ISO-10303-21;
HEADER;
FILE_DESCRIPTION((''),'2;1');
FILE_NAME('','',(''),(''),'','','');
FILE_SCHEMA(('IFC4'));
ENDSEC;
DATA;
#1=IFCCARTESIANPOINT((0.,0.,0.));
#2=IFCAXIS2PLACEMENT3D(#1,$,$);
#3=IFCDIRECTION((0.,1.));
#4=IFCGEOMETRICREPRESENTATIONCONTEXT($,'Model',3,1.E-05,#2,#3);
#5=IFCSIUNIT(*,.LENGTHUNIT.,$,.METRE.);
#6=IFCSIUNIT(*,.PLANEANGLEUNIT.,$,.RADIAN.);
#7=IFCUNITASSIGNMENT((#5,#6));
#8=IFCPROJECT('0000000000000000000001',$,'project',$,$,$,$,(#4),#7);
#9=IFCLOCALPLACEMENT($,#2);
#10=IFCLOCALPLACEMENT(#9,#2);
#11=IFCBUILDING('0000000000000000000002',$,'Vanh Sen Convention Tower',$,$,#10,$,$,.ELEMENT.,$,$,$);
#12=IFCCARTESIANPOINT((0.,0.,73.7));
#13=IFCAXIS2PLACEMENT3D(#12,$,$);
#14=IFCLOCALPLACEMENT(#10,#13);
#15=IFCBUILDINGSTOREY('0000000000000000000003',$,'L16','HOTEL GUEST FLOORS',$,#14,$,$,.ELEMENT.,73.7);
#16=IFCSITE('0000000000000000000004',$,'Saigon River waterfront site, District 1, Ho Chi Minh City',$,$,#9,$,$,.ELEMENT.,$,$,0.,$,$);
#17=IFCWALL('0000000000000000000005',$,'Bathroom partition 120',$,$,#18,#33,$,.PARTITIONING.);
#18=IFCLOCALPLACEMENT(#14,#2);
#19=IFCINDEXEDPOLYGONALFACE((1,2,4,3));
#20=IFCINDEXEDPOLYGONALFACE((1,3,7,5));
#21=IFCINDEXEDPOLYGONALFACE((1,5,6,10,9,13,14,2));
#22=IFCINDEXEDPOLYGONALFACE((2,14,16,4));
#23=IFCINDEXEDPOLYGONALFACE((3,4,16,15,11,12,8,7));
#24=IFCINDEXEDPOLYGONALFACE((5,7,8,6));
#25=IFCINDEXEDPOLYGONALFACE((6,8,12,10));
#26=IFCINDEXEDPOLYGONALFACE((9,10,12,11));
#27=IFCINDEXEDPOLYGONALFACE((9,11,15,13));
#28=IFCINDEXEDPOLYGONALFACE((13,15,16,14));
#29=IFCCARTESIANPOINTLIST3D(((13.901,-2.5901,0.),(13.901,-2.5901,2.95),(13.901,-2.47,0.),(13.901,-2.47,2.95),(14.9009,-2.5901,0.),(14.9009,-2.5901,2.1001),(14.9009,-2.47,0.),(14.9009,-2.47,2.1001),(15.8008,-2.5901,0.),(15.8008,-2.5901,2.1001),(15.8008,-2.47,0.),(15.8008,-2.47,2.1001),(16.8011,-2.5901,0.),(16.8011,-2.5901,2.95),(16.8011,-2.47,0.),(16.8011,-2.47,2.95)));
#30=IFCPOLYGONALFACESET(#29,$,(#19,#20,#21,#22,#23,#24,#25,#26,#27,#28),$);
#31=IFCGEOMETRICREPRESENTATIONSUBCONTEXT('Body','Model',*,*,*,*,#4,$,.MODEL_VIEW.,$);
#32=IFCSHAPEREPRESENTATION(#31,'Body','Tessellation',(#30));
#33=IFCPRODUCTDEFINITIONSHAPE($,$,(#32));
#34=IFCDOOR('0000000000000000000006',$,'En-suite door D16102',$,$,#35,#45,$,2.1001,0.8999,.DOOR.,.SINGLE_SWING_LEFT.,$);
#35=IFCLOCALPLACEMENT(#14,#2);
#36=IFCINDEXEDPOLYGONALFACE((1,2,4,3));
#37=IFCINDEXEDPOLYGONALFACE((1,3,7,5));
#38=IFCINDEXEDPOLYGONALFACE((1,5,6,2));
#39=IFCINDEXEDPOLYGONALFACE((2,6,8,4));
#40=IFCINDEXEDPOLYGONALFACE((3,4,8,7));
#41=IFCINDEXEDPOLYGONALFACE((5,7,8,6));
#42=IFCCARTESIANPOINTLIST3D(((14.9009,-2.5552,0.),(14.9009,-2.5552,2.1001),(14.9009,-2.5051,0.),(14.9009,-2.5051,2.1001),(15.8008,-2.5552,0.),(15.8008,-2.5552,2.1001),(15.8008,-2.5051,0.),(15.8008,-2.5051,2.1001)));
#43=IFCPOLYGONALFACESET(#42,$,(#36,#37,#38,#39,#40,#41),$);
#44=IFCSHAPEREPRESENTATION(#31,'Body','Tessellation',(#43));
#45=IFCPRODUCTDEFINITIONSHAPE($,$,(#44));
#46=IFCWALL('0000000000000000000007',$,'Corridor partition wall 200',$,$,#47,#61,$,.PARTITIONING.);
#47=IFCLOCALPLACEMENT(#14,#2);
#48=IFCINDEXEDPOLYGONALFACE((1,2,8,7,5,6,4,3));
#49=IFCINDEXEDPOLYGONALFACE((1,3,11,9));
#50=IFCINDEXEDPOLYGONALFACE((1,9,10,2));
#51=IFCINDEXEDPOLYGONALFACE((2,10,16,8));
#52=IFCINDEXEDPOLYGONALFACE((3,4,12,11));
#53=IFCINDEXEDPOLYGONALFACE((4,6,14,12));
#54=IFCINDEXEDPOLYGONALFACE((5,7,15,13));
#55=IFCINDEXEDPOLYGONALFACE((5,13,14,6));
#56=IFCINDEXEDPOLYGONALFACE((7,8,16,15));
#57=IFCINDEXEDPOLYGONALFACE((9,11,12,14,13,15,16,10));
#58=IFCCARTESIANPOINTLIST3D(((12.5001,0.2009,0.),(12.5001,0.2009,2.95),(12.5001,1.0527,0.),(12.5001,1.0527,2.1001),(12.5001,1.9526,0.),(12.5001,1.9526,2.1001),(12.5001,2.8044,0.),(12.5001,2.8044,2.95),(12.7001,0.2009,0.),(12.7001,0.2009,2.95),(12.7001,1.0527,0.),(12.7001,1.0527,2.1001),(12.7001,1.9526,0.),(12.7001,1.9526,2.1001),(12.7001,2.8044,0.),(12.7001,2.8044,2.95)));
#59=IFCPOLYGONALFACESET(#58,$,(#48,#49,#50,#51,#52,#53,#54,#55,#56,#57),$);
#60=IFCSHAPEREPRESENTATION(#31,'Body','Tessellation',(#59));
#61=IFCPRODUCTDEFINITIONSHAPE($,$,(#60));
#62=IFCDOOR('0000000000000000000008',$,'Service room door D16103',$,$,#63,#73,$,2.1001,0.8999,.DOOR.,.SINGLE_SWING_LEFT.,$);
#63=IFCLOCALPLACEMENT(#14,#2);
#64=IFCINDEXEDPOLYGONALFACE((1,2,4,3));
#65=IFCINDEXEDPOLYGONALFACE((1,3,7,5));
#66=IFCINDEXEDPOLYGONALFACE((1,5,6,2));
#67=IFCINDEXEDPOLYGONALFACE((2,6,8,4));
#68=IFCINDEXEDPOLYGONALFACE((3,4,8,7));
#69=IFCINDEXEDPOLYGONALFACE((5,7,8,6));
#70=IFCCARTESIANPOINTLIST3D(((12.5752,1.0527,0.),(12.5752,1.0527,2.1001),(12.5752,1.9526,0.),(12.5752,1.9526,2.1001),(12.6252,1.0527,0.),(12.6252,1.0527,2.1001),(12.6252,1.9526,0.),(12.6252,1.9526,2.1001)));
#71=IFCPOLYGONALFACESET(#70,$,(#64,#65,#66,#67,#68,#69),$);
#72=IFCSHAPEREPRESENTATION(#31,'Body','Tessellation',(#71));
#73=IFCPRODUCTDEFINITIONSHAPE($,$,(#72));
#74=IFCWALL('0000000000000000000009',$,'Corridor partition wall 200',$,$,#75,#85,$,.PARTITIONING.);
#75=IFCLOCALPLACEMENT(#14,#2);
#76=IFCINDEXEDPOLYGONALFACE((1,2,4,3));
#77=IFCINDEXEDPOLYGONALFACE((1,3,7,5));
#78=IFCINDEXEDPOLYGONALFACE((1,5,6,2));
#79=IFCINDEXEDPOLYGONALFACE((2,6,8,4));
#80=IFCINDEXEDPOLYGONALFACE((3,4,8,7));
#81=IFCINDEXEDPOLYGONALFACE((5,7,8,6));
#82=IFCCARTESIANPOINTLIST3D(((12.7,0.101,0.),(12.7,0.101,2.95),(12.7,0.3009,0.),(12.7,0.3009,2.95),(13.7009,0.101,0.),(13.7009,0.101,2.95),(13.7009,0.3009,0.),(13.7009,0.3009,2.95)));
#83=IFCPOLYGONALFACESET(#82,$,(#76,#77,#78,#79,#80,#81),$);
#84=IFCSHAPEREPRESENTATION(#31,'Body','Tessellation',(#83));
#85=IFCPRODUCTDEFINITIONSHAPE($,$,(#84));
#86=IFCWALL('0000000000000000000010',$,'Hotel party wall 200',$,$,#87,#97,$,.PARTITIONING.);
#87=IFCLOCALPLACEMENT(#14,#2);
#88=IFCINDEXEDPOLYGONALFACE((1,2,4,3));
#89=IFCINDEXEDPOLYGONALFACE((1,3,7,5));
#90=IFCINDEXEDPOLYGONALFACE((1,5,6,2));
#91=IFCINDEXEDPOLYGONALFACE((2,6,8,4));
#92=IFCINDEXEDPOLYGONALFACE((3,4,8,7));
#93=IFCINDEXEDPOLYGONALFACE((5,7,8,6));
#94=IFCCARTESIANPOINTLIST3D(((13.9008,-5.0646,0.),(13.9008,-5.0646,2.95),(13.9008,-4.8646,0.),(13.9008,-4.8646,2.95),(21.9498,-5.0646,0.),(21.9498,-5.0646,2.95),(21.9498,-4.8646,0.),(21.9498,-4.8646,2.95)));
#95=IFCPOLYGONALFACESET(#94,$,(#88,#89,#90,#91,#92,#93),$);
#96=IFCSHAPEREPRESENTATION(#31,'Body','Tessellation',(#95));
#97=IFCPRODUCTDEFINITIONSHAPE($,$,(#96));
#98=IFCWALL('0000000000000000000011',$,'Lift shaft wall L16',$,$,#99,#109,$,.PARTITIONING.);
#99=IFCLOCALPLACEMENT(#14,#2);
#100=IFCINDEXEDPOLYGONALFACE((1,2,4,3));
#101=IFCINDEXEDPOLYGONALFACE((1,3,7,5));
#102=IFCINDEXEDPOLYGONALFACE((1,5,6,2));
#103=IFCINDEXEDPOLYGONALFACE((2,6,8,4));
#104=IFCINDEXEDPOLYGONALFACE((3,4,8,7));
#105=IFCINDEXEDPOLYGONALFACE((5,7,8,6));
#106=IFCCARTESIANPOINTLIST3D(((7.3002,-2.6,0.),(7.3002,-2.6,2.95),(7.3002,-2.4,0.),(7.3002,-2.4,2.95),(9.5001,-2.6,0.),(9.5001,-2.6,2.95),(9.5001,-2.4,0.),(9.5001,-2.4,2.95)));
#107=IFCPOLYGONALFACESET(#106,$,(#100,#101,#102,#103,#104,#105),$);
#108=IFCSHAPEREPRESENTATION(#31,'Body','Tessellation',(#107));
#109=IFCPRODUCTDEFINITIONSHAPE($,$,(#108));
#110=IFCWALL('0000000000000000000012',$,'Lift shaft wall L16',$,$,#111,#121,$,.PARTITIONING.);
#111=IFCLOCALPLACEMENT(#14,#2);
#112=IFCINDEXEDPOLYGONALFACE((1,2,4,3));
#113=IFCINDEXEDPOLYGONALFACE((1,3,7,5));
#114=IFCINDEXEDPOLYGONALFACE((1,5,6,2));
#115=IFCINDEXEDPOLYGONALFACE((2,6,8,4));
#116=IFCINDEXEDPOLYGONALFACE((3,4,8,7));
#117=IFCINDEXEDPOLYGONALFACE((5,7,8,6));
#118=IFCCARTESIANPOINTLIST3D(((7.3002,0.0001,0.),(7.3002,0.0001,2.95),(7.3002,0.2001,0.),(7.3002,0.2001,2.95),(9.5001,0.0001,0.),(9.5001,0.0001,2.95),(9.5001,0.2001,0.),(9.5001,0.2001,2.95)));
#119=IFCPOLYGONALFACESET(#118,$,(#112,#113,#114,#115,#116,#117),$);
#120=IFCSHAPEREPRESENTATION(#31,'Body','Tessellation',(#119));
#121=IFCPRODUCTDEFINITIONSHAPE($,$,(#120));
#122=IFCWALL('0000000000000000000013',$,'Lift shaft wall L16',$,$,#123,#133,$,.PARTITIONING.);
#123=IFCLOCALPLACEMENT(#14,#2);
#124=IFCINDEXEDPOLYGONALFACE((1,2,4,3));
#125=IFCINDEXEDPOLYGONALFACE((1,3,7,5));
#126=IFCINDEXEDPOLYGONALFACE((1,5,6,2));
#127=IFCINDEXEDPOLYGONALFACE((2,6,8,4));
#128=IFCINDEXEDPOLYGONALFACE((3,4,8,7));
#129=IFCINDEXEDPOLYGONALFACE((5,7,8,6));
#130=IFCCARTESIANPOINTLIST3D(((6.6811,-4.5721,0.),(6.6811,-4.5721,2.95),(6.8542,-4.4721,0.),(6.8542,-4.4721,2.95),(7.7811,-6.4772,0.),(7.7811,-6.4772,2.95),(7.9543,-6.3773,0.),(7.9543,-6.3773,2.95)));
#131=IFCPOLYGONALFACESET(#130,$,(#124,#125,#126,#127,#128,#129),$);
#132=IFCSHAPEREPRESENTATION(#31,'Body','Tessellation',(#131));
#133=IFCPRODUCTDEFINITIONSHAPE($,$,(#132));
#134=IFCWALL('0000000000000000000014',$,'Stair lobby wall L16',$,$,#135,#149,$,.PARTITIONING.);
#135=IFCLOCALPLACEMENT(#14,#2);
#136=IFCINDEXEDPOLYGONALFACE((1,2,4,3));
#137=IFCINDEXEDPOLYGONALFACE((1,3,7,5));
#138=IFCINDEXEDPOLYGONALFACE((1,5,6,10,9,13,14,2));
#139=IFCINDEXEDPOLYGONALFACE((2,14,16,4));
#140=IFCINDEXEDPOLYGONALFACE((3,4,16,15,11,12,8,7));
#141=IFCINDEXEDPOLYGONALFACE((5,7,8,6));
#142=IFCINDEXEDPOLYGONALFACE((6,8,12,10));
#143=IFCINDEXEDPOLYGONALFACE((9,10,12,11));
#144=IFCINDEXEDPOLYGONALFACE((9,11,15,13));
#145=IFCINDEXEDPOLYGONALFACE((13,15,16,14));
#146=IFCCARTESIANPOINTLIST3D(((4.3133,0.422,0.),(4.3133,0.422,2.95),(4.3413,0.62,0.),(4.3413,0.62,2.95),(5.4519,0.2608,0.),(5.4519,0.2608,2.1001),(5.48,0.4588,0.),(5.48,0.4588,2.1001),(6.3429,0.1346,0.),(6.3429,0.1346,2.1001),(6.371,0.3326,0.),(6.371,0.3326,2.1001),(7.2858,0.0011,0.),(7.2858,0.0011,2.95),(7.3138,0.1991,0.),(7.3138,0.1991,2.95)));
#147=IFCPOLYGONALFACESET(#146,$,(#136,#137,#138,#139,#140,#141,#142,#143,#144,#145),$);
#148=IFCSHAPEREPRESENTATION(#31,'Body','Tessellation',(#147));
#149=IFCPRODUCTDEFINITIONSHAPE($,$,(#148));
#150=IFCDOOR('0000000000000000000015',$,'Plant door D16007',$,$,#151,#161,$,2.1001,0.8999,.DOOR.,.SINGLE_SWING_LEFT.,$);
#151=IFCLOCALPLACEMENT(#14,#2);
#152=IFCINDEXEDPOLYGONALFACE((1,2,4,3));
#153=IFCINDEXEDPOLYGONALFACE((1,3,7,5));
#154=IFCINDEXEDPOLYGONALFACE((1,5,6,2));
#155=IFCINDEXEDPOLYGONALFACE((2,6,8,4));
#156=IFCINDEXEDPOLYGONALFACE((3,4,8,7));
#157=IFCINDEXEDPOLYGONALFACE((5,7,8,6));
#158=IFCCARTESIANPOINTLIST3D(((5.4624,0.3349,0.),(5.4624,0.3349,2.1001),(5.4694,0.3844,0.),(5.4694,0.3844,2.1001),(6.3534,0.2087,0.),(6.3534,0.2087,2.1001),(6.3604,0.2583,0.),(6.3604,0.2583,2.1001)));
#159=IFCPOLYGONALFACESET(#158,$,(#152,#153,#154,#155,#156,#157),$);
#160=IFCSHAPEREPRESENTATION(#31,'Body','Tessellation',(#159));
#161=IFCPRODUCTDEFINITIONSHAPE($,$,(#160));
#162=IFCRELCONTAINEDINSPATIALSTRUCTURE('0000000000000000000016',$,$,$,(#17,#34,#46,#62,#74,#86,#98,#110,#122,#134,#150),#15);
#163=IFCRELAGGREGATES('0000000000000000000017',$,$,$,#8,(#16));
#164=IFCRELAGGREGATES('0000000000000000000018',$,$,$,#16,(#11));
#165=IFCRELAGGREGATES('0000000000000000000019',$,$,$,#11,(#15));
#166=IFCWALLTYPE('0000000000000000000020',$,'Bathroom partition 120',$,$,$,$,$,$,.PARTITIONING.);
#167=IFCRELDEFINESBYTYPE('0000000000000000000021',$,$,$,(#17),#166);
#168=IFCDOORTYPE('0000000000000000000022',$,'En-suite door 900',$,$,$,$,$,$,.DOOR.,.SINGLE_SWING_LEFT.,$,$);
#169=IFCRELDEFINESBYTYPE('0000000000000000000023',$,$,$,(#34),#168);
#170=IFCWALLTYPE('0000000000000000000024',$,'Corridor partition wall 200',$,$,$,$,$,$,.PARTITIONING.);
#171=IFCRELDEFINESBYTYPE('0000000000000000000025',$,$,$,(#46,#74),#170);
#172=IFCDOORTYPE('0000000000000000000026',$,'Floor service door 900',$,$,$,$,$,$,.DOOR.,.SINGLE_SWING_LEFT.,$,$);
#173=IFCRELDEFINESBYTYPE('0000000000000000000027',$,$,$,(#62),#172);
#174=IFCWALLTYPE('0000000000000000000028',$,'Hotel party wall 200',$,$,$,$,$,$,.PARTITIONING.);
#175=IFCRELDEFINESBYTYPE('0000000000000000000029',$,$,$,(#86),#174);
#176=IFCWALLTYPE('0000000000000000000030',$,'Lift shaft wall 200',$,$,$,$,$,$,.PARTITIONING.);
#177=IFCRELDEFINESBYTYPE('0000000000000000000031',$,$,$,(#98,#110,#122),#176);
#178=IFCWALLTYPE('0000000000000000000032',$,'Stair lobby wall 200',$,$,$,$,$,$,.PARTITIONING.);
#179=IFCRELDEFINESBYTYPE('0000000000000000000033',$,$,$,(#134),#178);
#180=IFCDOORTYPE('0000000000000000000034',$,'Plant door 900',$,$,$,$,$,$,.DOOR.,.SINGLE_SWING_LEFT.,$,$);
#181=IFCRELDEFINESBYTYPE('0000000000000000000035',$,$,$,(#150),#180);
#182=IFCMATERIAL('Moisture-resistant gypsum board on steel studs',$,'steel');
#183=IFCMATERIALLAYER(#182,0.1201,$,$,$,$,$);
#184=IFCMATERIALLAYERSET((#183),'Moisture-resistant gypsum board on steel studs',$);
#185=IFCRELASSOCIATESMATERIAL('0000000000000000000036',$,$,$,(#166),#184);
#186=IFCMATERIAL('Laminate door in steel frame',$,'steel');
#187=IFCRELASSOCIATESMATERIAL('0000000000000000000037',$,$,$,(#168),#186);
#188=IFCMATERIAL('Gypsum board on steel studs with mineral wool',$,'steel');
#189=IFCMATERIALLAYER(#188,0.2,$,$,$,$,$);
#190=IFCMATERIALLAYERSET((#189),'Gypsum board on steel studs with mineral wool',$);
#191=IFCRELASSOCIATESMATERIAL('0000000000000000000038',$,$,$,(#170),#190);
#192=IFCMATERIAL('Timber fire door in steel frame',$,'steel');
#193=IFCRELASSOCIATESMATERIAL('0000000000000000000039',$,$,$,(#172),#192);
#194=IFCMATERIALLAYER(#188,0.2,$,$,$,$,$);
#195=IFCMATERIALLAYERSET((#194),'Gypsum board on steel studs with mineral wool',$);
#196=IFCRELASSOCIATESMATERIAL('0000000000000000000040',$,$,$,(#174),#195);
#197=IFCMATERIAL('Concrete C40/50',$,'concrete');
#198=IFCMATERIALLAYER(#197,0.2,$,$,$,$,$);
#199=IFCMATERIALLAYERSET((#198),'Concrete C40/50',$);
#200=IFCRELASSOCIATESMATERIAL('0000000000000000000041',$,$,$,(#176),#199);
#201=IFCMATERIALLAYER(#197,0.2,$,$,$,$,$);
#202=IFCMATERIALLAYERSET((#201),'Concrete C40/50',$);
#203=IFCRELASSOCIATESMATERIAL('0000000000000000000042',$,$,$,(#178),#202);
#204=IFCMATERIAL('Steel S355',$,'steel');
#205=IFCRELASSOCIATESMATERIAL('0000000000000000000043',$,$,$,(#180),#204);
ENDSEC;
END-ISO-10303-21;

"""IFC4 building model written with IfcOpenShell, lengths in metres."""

from ifc_helpers import new_model, si_unit, direction, frame, frame_2d, origin, place, context, subcontext, project, spatial, rectangle, extrude, material, layer, layer_set, type_object, element, fill, save


model = new_model("IFC4")

# Units and contexts
model_context = context("Model", 3, precision=1e-05, world=origin(), true_north=direction((0.0, 1.0)))
body_context = subcontext(model_context, "Body", "Model", "MODEL_VIEW")
ifc_project = project(units=[si_unit("LENGTHUNIT", "METRE"), si_unit("PLANEANGLEUNIT", "RADIAN")], contexts=[model_context])

# Site, building, storey
site_placement = place(None, origin())
site = spatial("IfcSite", under=ifc_project, at=site_placement, Name="Saigon River waterfront site, District 1, Ho Chi Minh City", CompositionType="ELEMENT", RefElevation=0.0)
building_placement = place(site_placement, origin())
building = spatial("IfcBuilding", under=site, at=building_placement, Name="Vanh Sen Convention Tower", CompositionType="ELEMENT")
storey_placement = place(building_placement, frame((0.0, 0.0, 73.7)))
storey = spatial("IfcBuildingStorey", under=building, at=storey_placement, Name="L16", Description="HOTEL GUEST FLOORS", CompositionType="ELEMENT", Elevation=73.7)

# Walls, openings, doors
ifc_material_1 = material(Name="Moisture-resistant gypsum board on steel studs", Category="steel")
ifc_layer_1 = layer(ifc_material_1, 0.1201)
ifc_layer_set_1 = layer_set([ifc_layer_1], Name="Moisture-resistant gypsum board on steel studs")
wall_type_1 = type_object("IfcWallType", Name="Bathroom partition 120", PredefinedType="PARTITIONING", material=ifc_layer_set_1)
wall_1_placement = place(storey_placement, frame((13.9009, -2.53, 0.0), z_axis=(0.0, 0.0, 1.0), x_axis=(1.0, 0.0, 0.0)))
wall_1 = element("IfcWall", 1, at=wall_1_placement, inside=storey, type_object=wall_type_1, Name="Bathroom partition 120", PredefinedType="PARTITIONING", context=body_context, shape_type="SweptSolid", body=[
    extrude(rectangle(XDim=2.9001, YDim=0.1201, at=frame_2d((1.4502, 0.0))), origin(), (0.0, 0.0, 1.0), 2.95),
])
opening_1_placement = place(wall_1_placement, frame((1.0, 0.0, 0.0)))
opening_1 = element("IfcOpeningElement", 2, at=opening_1_placement, cuts=wall_1, PredefinedType="OPENING", context=body_context, shape_type="SweptSolid", body=[
    extrude(rectangle(XDim=0.8999, YDim=2.1001, at=frame_2d((0.45, 1.05))), frame((0.0, 0.0701, 0.0), z_axis=(0.0, -1.0, 0.0), x_axis=(1.0, 0.0, 0.0)), (0.0, 0.0, 1.0), 0.1401),
])
ifc_material_2 = material(Name="Laminate door in steel frame", Category="steel")
door_type_1 = type_object("IfcDoorType", Name="En-suite door 900", OperationType="SINGLE_SWING_LEFT", PredefinedType="DOOR", material=ifc_material_2)
door_1_placement = place(opening_1_placement, origin())
door_1 = element("IfcDoor", 3, at=door_1_placement, inside=storey, type_object=door_type_1, Name="En-suite door D16102", OperationType="SINGLE_SWING_LEFT", OverallHeight=2.1001, OverallWidth=0.8999, PredefinedType="DOOR", context=body_context, shape_type="SweptSolid", body=[
    extrude(rectangle(XDim=0.8999, YDim=2.1001, at=frame_2d((0.45, 1.05))), frame((0.0, 0.0249, 0.0), z_axis=(0.0, -1.0, 0.0), x_axis=(1.0, 0.0, 0.0)), (0.0, 0.0, 1.0), 0.05),
])
fill(opening_1, door_1)
ifc_material_3 = material(Name="Gypsum board on steel studs with mineral wool", Category="steel")
ifc_layer_2 = layer(ifc_material_3, 0.2)
ifc_layer_set_2 = layer_set([ifc_layer_2], Name="Gypsum board on steel studs with mineral wool")
wall_type_2 = type_object("IfcWallType", Name="Corridor partition wall 200", PredefinedType="PARTITIONING", material=ifc_layer_set_2)
wall_2_placement = place(storey_placement, frame((12.6001, 0.2009, 0.0), z_axis=(0.0, 0.0, 1.0), x_axis=(0.0, 1.0, 0.0)))
wall_2 = element("IfcWall", 4, at=wall_2_placement, inside=storey, type_object=wall_type_2, Name="Corridor partition wall 200", PredefinedType="PARTITIONING", context=body_context, shape_type="SweptSolid", body=[
    extrude(rectangle(XDim=2.6035, YDim=0.2, at=frame_2d((1.3018, 0.0))), origin(), (0.0, 0.0, 1.0), 2.95),
])
opening_2_placement = place(wall_2_placement, frame((0.8518, 0.0, 0.0)))
opening_2 = element("IfcOpeningElement", 5, at=opening_2_placement, cuts=wall_2, PredefinedType="OPENING", context=body_context, shape_type="SweptSolid", body=[
    extrude(rectangle(XDim=0.8999, YDim=2.1001, at=frame_2d((0.45, 1.05))), frame((0.0, 0.1099, 0.0), z_axis=(0.0, -1.0, 0.0), x_axis=(1.0, 0.0, 0.0)), (0.0, 0.0, 1.0), 0.22),
])
ifc_material_4 = material(Name="Timber fire door in steel frame", Category="steel")
door_type_2 = type_object("IfcDoorType", Name="Floor service door 900", OperationType="SINGLE_SWING_LEFT", PredefinedType="DOOR", material=ifc_material_4)
door_2_placement = place(opening_2_placement, origin())
door_2 = element("IfcDoor", 6, at=door_2_placement, inside=storey, type_object=door_type_2, Name="Service room door D16103", OperationType="SINGLE_SWING_LEFT", OverallHeight=2.1001, OverallWidth=0.8999, PredefinedType="DOOR", context=body_context, shape_type="SweptSolid", body=[
    extrude(rectangle(XDim=0.8999, YDim=2.1001, at=frame_2d((0.45, 1.05))), frame((0.0, 0.0249, 0.0), z_axis=(0.0, -1.0, 0.0), x_axis=(1.0, 0.0, 0.0)), (0.0, 0.0, 1.0), 0.05),
])
fill(opening_2, door_2)

# Walls
wall_3_placement = place(storey_placement, frame((13.7009, 0.2009, 0.0), z_axis=(0.0, 0.0, 1.0), x_axis=(-1.0, 0.0, 0.0)))
element("IfcWall", 7, at=wall_3_placement, inside=storey, type_object=wall_type_2, Name="Corridor partition wall 200", PredefinedType="PARTITIONING", context=body_context, shape_type="SweptSolid", body=[
    extrude(rectangle(XDim=1.001, YDim=0.2, at=frame_2d((0.5005, 0.0))), origin(), (0.0, 0.0, 1.0), 2.95),
])
ifc_layer_3 = layer(ifc_material_3, 0.2)
ifc_layer_set_3 = layer_set([ifc_layer_3], Name="Gypsum board on steel studs with mineral wool")
wall_type_3 = type_object("IfcWallType", Name="Hotel party wall 200", PredefinedType="PARTITIONING", material=ifc_layer_set_3)
wall_4_placement = place(storey_placement, frame((13.9009, -4.9646, 0.0), z_axis=(0.0, 0.0, 1.0), x_axis=(1.0, 0.0, 0.0)))
element("IfcWall", 8, at=wall_4_placement, inside=storey, type_object=wall_type_3, Name="Hotel party wall 200", PredefinedType="PARTITIONING", context=body_context, shape_type="SweptSolid", body=[
    extrude(rectangle(XDim=8.0491, YDim=0.2, at=frame_2d((4.0244, 0.0))), origin(), (0.0, 0.0, 1.0), 2.95),
])
ifc_material_5 = material(Name="Concrete C40/50", Category="concrete")
ifc_layer_4 = layer(ifc_material_5, 0.2)
ifc_layer_set_4 = layer_set([ifc_layer_4], Name="Concrete C40/50")
wall_type_4 = type_object("IfcWallType", Name="Lift shaft wall 200", PredefinedType="PARTITIONING", material=ifc_layer_set_4)
for number, where, z_axis, x_axis, name in (
    (9, (7.3, -2.5, 0.0), (0.0, 0.0, 1.0), (1.0, 0.0, 0.0), "Lift shaft wall L16"),
    (10, (7.3, 0.1001, 0.0), (0.0, 0.0, 1.0), (1.0, 0.0, 0.0), "Lift shaft wall L16"),
    (11, (6.7676, -4.522, 0.0), (0.0, 0.0, 1.0), (0.50003, -0.866008, 0.0), "Lift shaft wall L16"),
):
    element("IfcWall", number, at=place(storey_placement, frame(where, z_axis=z_axis, x_axis=x_axis)), inside=storey, type_object=wall_type_4, Name=name, PredefinedType="PARTITIONING", context=body_context, shape_type="SweptSolid", body=[
        extrude(rectangle(XDim=2.2, YDim=0.2, at=frame_2d((1.1001, 0.0))), origin(), (0.0, 0.0, 1.0), 2.95),
    ])

# Wall, opening, door
ifc_layer_5 = layer(ifc_material_5, 0.2)
ifc_layer_set_5 = layer_set([ifc_layer_5], Name="Concrete C40/50")
wall_type_5 = type_object("IfcWallType", Name="Stair lobby wall 200", PredefinedType="PARTITIONING", material=ifc_layer_set_5)
wall_5_placement = place(storey_placement, frame((4.3274, 0.521, 0.0), z_axis=(0.0, 0.0, 1.0), x_axis=(0.990124, -0.140192, 0.0)))
wall_5 = element("IfcWall", 12, at=wall_5_placement, inside=storey, type_object=wall_type_5, Name="Stair lobby wall L16", PredefinedType="PARTITIONING", context=body_context, shape_type="SweptSolid", body=[
    extrude(rectangle(XDim=3.0022, YDim=0.2, at=frame_2d((1.501, 0.0))), origin(), (0.0, 0.0, 1.0), 2.95),
])
opening_3_placement = place(wall_5_placement, frame((1.1499, 0.0, 0.0)))
opening_3 = element("IfcOpeningElement", 13, at=opening_3_placement, cuts=wall_5, PredefinedType="OPENING", context=body_context, shape_type="SweptSolid", body=[
    extrude(rectangle(XDim=0.8999, YDim=2.1001, at=frame_2d((0.45, 1.05))), frame((0.0, 0.1099, 0.0), z_axis=(0.0, -1.0, 0.0), x_axis=(1.0, 0.0, 0.0)), (0.0, 0.0, 1.0), 0.22),
])
ifc_material_6 = material(Name="Steel S355", Category="steel")
door_type_3 = type_object("IfcDoorType", Name="Plant door 900", OperationType="SINGLE_SWING_LEFT", PredefinedType="DOOR", material=ifc_material_6)
door_3_placement = place(opening_3_placement, origin())
door_3 = element("IfcDoor", 14, at=door_3_placement, inside=storey, type_object=door_type_3, Name="Plant door D16007", OperationType="SINGLE_SWING_LEFT", OverallHeight=2.1001, OverallWidth=0.8999, PredefinedType="DOOR", context=body_context, shape_type="SweptSolid", body=[
    extrude(rectangle(XDim=0.8999, YDim=2.1001, at=frame_2d((0.45, 1.05))), frame((0.0, 0.0249, 0.0), z_axis=(0.0, -1.0, 0.0), x_axis=(1.0, 0.0, 0.0)), (0.0, 0.0, 1.0), 0.05),
])
fill(opening_3, door_3)

save(model, "model.ifc")
